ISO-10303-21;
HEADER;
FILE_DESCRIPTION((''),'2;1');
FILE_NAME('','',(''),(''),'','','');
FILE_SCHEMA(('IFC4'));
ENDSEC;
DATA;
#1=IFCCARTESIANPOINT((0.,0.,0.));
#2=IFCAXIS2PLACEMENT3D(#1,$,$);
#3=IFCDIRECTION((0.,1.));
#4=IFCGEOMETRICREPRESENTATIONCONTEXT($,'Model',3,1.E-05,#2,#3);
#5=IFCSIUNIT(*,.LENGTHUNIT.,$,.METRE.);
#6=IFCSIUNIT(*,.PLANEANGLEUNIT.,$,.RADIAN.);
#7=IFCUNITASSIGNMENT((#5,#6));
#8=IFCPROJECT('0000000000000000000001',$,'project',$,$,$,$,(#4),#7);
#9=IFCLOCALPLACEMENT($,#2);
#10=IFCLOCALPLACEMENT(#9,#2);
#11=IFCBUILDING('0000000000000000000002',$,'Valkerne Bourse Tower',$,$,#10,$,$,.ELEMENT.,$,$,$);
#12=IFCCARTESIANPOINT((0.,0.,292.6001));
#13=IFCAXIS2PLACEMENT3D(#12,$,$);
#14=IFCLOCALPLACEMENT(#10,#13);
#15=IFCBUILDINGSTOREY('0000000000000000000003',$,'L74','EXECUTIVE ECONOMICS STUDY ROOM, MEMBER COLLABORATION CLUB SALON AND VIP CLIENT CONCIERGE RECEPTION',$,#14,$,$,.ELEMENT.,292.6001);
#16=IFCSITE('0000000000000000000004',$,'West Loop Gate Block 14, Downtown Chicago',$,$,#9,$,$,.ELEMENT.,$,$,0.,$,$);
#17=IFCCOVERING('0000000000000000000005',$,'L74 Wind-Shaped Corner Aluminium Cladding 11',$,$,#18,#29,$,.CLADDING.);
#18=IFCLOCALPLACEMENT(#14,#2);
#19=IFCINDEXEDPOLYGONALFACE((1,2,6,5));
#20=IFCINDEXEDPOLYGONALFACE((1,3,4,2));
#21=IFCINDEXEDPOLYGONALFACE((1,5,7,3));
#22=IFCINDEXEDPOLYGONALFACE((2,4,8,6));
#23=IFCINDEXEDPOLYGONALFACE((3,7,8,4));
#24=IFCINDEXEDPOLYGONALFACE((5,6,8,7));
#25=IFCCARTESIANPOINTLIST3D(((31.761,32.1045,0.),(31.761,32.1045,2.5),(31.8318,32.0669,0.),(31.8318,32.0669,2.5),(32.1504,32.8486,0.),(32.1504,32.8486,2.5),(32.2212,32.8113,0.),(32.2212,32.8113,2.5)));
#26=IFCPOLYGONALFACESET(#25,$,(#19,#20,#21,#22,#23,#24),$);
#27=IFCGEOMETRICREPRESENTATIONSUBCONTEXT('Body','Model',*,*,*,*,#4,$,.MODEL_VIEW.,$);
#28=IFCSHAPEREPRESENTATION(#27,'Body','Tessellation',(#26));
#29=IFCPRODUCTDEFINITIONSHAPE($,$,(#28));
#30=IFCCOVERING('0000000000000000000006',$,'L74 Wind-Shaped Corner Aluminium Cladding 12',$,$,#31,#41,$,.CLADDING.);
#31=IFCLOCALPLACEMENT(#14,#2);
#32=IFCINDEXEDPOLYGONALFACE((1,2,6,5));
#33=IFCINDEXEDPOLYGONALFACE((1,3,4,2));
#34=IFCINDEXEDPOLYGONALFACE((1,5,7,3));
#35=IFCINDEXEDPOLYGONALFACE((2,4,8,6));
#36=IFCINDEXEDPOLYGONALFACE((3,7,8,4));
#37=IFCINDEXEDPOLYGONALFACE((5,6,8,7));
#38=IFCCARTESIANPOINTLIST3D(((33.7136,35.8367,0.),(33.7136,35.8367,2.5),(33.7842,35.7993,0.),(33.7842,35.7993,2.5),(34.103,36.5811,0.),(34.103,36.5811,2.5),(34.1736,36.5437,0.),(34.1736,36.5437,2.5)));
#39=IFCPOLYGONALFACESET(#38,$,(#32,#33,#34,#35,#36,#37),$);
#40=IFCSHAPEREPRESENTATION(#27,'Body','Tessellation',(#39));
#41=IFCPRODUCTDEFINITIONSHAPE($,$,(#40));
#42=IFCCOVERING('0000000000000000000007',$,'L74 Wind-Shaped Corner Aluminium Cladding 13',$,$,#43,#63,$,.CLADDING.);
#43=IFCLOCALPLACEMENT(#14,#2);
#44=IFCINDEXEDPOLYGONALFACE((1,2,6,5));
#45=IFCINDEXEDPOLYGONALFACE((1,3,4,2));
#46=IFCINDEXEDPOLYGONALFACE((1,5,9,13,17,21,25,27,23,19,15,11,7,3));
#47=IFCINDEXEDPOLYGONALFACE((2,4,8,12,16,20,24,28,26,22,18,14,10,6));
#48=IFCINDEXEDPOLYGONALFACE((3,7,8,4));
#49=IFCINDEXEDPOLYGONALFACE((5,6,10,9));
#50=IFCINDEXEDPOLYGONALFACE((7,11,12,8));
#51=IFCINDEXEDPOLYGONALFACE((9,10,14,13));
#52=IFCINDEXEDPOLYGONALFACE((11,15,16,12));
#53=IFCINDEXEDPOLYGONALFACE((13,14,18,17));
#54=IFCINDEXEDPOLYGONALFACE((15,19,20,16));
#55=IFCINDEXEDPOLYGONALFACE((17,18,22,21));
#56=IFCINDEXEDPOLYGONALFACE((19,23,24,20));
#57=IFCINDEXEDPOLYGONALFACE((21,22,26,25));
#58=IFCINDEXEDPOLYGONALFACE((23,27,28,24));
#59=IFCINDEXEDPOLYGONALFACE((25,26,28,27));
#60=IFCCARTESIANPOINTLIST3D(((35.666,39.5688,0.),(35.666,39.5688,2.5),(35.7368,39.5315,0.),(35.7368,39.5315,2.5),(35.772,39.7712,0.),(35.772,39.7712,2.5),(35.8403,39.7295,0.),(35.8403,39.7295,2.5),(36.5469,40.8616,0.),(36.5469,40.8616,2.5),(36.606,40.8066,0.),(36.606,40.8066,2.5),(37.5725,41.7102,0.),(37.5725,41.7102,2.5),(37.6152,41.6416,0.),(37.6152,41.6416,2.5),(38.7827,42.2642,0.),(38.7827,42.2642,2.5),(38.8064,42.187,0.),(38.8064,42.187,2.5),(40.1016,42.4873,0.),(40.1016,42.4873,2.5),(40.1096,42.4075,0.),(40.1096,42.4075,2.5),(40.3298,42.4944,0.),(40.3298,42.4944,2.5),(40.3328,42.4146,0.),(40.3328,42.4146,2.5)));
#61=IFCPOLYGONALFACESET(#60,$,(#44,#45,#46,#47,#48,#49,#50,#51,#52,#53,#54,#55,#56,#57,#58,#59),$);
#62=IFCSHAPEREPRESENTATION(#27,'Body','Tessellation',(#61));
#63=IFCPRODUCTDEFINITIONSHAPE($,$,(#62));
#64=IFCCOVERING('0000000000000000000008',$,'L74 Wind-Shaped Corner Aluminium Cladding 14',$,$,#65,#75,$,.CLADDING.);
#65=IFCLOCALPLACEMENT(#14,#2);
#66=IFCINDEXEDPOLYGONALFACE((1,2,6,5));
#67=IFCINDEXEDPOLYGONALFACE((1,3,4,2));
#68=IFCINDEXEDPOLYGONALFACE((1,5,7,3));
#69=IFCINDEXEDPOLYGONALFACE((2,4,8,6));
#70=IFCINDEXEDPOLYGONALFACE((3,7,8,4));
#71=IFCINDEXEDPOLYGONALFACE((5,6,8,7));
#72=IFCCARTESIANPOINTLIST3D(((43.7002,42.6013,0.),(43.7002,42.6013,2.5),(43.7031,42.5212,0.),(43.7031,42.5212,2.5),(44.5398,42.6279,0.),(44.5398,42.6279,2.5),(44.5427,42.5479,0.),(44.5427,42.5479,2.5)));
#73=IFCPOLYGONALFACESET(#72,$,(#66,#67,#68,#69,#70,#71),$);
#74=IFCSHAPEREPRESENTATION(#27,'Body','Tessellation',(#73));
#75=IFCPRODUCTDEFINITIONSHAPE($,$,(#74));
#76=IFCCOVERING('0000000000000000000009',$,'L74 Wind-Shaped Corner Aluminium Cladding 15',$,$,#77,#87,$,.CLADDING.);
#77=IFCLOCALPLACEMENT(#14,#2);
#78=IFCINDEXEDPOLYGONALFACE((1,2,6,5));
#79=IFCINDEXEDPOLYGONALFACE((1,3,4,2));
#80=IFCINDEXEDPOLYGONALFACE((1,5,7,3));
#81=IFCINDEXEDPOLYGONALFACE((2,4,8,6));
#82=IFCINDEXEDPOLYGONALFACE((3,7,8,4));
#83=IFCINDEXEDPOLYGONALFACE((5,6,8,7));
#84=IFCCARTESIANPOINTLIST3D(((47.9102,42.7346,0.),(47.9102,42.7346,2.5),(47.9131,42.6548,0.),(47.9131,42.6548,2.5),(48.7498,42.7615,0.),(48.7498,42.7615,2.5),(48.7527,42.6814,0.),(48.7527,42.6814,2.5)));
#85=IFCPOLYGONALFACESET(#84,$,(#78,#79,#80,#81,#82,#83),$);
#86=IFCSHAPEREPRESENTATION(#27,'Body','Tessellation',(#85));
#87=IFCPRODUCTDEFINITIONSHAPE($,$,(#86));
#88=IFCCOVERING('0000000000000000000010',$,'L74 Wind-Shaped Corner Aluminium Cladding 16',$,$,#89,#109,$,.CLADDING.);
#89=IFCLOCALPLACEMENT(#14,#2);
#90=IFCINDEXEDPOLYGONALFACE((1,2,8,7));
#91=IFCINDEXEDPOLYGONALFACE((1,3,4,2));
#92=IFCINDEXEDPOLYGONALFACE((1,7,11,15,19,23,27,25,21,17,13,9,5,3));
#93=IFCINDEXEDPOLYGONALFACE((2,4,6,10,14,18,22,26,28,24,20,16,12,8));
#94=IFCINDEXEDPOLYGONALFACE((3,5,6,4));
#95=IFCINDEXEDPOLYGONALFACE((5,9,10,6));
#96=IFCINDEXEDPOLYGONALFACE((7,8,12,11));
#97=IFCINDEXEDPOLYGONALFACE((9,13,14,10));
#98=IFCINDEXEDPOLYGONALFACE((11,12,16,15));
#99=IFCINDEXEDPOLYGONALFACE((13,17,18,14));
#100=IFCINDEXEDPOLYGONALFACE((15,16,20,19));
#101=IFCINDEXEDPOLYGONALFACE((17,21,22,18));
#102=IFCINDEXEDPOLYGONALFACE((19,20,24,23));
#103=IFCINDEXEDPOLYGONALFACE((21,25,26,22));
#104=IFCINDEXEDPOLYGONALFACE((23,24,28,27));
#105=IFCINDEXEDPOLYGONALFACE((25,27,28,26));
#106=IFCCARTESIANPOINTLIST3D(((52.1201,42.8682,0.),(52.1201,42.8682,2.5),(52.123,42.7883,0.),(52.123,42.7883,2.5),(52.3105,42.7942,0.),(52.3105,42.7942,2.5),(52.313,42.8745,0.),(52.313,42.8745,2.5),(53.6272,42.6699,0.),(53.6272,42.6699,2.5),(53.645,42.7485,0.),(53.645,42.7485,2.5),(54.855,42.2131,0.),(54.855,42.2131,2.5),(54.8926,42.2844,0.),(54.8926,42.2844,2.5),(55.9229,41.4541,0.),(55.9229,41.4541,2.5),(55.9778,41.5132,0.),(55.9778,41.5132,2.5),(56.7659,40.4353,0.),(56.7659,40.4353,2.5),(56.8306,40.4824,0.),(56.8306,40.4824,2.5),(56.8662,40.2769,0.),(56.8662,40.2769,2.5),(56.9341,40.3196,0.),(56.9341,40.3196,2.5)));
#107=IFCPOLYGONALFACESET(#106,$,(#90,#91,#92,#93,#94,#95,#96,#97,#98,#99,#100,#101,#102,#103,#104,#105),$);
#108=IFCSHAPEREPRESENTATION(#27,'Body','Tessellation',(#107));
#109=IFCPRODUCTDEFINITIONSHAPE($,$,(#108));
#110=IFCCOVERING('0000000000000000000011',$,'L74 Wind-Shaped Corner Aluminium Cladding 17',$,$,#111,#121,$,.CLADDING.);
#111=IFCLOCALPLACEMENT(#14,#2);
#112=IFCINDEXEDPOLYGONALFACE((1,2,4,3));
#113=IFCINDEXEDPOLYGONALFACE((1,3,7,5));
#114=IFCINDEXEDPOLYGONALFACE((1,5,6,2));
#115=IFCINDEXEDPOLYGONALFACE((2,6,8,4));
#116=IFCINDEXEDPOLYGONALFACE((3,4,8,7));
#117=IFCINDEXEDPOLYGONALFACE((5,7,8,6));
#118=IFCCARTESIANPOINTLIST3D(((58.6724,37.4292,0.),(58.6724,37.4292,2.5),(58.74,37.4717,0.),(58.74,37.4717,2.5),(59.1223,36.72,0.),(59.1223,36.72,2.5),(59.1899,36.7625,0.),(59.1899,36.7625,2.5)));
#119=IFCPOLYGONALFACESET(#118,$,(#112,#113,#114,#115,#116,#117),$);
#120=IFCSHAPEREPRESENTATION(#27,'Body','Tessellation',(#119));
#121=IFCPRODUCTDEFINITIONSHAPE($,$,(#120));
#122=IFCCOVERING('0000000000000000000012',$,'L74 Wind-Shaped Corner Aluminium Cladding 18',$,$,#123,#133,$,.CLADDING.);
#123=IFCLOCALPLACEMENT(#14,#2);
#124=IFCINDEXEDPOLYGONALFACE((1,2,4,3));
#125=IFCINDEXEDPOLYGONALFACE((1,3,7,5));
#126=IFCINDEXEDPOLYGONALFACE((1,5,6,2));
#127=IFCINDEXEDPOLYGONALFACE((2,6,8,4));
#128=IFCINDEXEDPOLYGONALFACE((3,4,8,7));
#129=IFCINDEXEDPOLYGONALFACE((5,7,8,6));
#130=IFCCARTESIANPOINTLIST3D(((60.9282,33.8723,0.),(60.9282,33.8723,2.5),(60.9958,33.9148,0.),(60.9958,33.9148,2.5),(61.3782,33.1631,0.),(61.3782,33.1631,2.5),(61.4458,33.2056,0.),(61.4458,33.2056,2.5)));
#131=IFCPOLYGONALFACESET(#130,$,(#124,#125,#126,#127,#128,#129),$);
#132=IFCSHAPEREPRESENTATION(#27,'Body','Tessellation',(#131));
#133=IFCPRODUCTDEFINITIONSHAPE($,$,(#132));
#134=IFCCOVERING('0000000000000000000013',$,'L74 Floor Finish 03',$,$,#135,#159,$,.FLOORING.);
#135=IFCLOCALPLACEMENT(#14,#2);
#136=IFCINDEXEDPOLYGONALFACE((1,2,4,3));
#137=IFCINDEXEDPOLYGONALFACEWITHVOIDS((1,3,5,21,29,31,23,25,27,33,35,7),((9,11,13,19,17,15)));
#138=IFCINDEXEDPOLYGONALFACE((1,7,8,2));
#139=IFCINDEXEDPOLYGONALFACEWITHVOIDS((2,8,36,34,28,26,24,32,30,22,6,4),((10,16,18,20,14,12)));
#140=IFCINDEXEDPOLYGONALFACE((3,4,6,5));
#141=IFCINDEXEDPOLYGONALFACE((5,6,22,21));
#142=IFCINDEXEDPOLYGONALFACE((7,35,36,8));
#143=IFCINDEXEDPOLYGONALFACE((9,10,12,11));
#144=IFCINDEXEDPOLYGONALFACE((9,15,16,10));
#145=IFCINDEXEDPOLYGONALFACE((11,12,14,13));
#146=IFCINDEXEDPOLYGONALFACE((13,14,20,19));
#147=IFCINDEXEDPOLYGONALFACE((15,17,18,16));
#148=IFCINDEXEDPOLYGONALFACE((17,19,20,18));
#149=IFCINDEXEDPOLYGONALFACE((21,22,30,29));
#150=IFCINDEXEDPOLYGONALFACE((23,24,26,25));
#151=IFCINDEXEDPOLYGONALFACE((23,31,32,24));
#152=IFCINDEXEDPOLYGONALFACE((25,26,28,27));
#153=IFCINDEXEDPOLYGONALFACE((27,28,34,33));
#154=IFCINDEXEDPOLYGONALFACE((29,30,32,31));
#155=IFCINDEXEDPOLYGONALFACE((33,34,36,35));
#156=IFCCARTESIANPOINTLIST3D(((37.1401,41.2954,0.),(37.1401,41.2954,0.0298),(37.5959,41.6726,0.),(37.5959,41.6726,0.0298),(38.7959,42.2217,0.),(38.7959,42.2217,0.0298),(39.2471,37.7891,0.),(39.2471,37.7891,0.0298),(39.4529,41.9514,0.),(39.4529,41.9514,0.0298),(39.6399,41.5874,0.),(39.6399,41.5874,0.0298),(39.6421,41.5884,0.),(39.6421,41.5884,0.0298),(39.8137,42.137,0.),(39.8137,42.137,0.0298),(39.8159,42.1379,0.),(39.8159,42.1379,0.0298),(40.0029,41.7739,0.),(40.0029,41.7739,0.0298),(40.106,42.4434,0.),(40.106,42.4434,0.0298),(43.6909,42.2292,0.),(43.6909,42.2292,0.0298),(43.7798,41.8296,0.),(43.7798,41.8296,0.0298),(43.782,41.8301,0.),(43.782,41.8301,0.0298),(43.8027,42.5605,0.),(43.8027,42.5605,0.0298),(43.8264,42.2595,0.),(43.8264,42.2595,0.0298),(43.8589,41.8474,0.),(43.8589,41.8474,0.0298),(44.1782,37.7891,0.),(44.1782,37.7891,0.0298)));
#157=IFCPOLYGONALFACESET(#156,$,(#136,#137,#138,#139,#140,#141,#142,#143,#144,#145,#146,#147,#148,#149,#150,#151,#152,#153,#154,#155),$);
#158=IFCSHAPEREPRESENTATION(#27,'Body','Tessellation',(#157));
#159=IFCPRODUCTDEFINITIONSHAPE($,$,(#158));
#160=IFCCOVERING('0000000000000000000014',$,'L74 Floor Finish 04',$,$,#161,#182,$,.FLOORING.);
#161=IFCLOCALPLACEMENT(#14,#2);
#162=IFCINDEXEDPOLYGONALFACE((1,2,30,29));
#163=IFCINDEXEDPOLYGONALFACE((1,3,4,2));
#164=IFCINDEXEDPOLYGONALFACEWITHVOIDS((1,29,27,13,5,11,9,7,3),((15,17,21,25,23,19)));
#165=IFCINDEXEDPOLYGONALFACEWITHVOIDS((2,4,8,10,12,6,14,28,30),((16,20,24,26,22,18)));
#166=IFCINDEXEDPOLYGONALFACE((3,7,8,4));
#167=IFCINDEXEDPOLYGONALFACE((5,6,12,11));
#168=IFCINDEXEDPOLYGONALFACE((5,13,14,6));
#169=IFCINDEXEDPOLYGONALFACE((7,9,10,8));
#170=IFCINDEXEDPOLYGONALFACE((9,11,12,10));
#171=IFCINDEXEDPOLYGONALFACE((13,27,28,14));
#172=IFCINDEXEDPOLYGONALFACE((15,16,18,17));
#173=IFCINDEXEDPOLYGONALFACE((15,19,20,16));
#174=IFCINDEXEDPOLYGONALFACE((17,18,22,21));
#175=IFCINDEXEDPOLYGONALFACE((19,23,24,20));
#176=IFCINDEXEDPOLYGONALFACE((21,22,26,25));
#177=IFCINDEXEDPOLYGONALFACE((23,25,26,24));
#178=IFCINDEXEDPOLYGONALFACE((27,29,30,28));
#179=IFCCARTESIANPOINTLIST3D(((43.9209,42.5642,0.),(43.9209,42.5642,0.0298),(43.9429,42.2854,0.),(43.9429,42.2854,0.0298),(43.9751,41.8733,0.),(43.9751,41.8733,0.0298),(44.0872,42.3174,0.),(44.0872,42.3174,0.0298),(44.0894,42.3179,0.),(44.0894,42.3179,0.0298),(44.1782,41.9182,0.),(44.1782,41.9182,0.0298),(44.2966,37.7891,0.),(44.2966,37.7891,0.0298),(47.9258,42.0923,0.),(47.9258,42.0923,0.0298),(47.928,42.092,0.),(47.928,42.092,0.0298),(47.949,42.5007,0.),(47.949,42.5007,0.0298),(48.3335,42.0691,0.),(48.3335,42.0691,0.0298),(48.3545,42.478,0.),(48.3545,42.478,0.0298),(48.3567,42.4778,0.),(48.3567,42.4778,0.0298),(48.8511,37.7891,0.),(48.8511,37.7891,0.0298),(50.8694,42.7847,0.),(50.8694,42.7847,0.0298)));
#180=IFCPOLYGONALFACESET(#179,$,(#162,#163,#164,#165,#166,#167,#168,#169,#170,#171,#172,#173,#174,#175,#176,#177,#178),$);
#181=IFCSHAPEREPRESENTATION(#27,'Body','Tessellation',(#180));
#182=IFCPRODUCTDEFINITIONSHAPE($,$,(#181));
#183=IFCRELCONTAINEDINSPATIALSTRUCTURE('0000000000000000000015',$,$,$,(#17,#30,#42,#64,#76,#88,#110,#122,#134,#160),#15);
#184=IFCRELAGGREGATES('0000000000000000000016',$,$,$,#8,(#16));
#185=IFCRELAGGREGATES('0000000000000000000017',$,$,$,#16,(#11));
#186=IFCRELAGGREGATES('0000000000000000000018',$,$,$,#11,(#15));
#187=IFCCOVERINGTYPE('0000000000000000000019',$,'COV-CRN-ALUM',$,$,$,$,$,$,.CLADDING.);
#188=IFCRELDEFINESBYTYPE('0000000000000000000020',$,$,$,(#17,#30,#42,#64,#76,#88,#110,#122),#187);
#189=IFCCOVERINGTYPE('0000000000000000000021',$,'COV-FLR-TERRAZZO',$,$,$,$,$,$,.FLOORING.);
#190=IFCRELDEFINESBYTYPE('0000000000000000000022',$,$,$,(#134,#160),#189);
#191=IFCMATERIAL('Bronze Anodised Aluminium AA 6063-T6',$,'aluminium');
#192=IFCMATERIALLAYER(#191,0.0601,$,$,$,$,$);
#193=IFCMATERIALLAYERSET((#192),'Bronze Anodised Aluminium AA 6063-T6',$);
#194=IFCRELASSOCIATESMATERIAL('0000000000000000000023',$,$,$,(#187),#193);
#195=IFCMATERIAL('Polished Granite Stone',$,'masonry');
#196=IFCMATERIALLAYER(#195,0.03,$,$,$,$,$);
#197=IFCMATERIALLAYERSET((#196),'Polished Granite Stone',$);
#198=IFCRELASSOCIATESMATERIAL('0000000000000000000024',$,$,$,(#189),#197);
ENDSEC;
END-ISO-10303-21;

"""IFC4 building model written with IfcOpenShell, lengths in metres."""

from ifc_helpers import new_model, si_unit, direction, frame, origin, place, context, subcontext, project, spatial, polyline, outline, extrude, material, layer, layer_set, type_object, element, save


model = new_model("IFC4")

# Units and contexts
model_context = context("Model", 3, precision=1e-05, world=origin(), true_north=direction((0.0, 1.0)))
body_context = subcontext(model_context, "Body", "Model", "MODEL_VIEW")
ifc_project = project(units=[si_unit("LENGTHUNIT", "METRE"), si_unit("PLANEANGLEUNIT", "RADIAN")], contexts=[model_context])

# Site, building, storey
site_placement = place(None, origin())
site = spatial("IfcSite", under=ifc_project, at=site_placement, Name="West Loop Gate Block 14, Downtown Chicago", CompositionType="ELEMENT", RefElevation=0.0)
building_placement = place(site_placement, origin())
building = spatial("IfcBuilding", under=site, at=building_placement, Name="Valkerne Bourse Tower", CompositionType="ELEMENT")
storey_placement = place(building_placement, frame((0.0, 0.0, 292.6001)))
storey = spatial("IfcBuildingStorey", under=building, at=storey_placement, Name="L74", Description="EXECUTIVE ECONOMICS STUDY ROOM, MEMBER COLLABORATION CLUB SALON AND VIP CLIENT CONCIERGE RECEPTION", CompositionType="ELEMENT", Elevation=292.6001)

# Coverings
ifc_material_1 = material(Name="Bronze Anodised Aluminium AA 6063-T6", Category="aluminium")
ifc_layer_1 = layer(ifc_material_1, 0.0601)
ifc_layer_set_1 = layer_set([ifc_layer_1], Name="Bronze Anodised Aluminium AA 6063-T6")
covering_type_1 = type_object("IfcCoveringType", Name="COV-CRN-ALUM", PredefinedType="CLADDING", material=ifc_layer_set_1)
covering_1_placement = place(storey_placement, origin())
element("IfcCovering", 1, at=covering_1_placement, inside=storey, type_object=covering_type_1, Name="L74 Wind-Shaped Corner Aluminium Cladding 11", PredefinedType="CLADDING", context=body_context, shape_type="SweptSolid", body=[
    extrude(outline(polyline([(32.1504, 32.8486), (32.2212, 32.8113), (31.8318, 32.0669), (31.761, 32.1045), (32.1504, 32.8486)])), origin(), (0.0, 0.0, 1.0), 2.5),
])
covering_2_placement = place(storey_placement, origin())
element("IfcCovering", 2, at=covering_2_placement, inside=storey, type_object=covering_type_1, Name="L74 Wind-Shaped Corner Aluminium Cladding 12", PredefinedType="CLADDING", context=body_context, shape_type="SweptSolid", body=[
    extrude(outline(polyline([(34.103, 36.5811), (34.1736, 36.5437), (33.7842, 35.7993), (33.7136, 35.8367), (34.103, 36.5811)])), origin(), (0.0, 0.0, 1.0), 2.5),
])
covering_3_placement = place(storey_placement, origin())
element("IfcCovering", 3, at=covering_3_placement, inside=storey, type_object=covering_type_1, Name="L74 Wind-Shaped Corner Aluminium Cladding 13", PredefinedType="CLADDING", context=body_context, shape_type="SweptSolid", body=[
    extrude(outline(polyline([(35.772, 39.7712), (36.5469, 40.8616), (37.5725, 41.7102), (38.7827, 42.2642), (40.1016, 42.4873), (40.3298, 42.4944), (40.3328, 42.4146), (40.1096, 42.4075), (38.8064, 42.187), (37.6152, 41.6416), (36.606, 40.8066), (35.8403, 39.7295), (35.7368, 39.5315), (35.666, 39.5688), (35.772, 39.7712)])), origin(), (0.0, 0.0, 1.0), 2.5),
])
covering_4_placement = place(storey_placement, origin())
element("IfcCovering", 4, at=covering_4_placement, inside=storey, type_object=covering_type_1, Name="L74 Wind-Shaped Corner Aluminium Cladding 14", PredefinedType="CLADDING", context=body_context, shape_type="SweptSolid", body=[
    extrude(outline(polyline([(44.5398, 42.6279), (44.5427, 42.5479), (43.7031, 42.5212), (43.7002, 42.6013), (44.5398, 42.6279)])), origin(), (0.0, 0.0, 1.0), 2.5),
])
covering_5_placement = place(storey_placement, origin())
element("IfcCovering", 5, at=covering_5_placement, inside=storey, type_object=covering_type_1, Name="L74 Wind-Shaped Corner Aluminium Cladding 15", PredefinedType="CLADDING", context=body_context, shape_type="SweptSolid", body=[
    extrude(outline(polyline([(48.7498, 42.7615), (48.7527, 42.6814), (47.9131, 42.6548), (47.9102, 42.7346), (48.7498, 42.7615)])), origin(), (0.0, 0.0, 1.0), 2.5),
])
covering_6_placement = place(storey_placement, origin())
element("IfcCovering", 6, at=covering_6_placement, inside=storey, type_object=covering_type_1, Name="L74 Wind-Shaped Corner Aluminium Cladding 16", PredefinedType="CLADDING", context=body_context, shape_type="SweptSolid", body=[
    extrude(outline(polyline([(52.313, 42.8745), (53.645, 42.7485), (54.8926, 42.2844), (55.9778, 41.5132), (56.8306, 40.4824), (56.9341, 40.3196), (56.8662, 40.2769), (56.7659, 40.4353), (55.9229, 41.4541), (54.855, 42.2131), (53.6272, 42.6699), (52.3105, 42.7942), (52.123, 42.7883), (52.1201, 42.8682), (52.313, 42.8745)])), origin(), (0.0, 0.0, 1.0), 2.5),
])
covering_7_placement = place(storey_placement, origin())
element("IfcCovering", 7, at=covering_7_placement, inside=storey, type_object=covering_type_1, Name="L74 Wind-Shaped Corner Aluminium Cladding 17", PredefinedType="CLADDING", context=body_context, shape_type="SweptSolid", body=[
    extrude(outline(polyline([(59.1899, 36.7625), (59.1223, 36.72), (58.6724, 37.4292), (58.74, 37.4717), (59.1899, 36.7625)])), origin(), (0.0, 0.0, 1.0), 2.5),
])
covering_8_placement = place(storey_placement, origin())
element("IfcCovering", 8, at=covering_8_placement, inside=storey, type_object=covering_type_1, Name="L74 Wind-Shaped Corner Aluminium Cladding 18", PredefinedType="CLADDING", context=body_context, shape_type="SweptSolid", body=[
    extrude(outline(polyline([(61.4458, 33.2056), (61.3782, 33.1631), (60.9282, 33.8723), (60.9958, 33.9148), (61.4458, 33.2056)])), origin(), (0.0, 0.0, 1.0), 2.5),
])
ifc_material_2 = material(Name="Polished Granite Stone", Category="masonry")
ifc_layer_2 = layer(ifc_material_2, 0.03)
ifc_layer_set_2 = layer_set([ifc_layer_2], Name="Polished Granite Stone")
covering_type_2 = type_object("IfcCoveringType", Name="COV-FLR-TERRAZZO", PredefinedType="FLOORING", material=ifc_layer_set_2)
covering_9_placement = place(storey_placement, origin())
element("IfcCovering", 9, at=covering_9_placement, inside=storey, type_object=covering_type_2, Name="L74 Floor Finish 03", PredefinedType="FLOORING", context=body_context, shape_type="SweptSolid", body=[
    extrude(outline(polyline([(40.106, 42.4434), (43.8027, 42.5605), (43.8264, 42.2595), (43.6909, 42.2292), (43.7798, 41.8296), (43.782, 41.8301), (43.8589, 41.8474), (44.1782, 37.7891), (39.2471, 37.7891), (37.1401, 41.2954), (37.5959, 41.6726), (38.7959, 42.2217), (40.106, 42.4434)]), holes=[polyline([(39.6421, 41.5884), (40.0029, 41.7739), (39.8159, 42.1379), (39.8137, 42.137), (39.4529, 41.9514), (39.6399, 41.5874), (39.6421, 41.5884)])]), origin(), (0.0, 0.0, 1.0), 0.0298),
])
covering_10_placement = place(storey_placement, origin())
element("IfcCovering", 10, at=covering_10_placement, inside=storey, type_object=covering_type_2, Name="L74 Floor Finish 04", PredefinedType="FLOORING", context=body_context, shape_type="SweptSolid", body=[
    extrude(outline(polyline([(44.2966, 37.7891), (43.9751, 41.8733), (44.1782, 41.9182), (44.0894, 42.3179), (44.0872, 42.3174), (43.9429, 42.2854), (43.9209, 42.5642), (50.8694, 42.7847), (48.8511, 37.7891), (44.2966, 37.7891)]), holes=[polyline([(48.3545, 42.478), (47.949, 42.5007), (47.9258, 42.0923), (47.928, 42.092), (48.3335, 42.0691), (48.3567, 42.4778), (48.3545, 42.478)])]), origin(), (0.0, 0.0, 1.0), 0.0298),
])

save(model, "model.ifc")
